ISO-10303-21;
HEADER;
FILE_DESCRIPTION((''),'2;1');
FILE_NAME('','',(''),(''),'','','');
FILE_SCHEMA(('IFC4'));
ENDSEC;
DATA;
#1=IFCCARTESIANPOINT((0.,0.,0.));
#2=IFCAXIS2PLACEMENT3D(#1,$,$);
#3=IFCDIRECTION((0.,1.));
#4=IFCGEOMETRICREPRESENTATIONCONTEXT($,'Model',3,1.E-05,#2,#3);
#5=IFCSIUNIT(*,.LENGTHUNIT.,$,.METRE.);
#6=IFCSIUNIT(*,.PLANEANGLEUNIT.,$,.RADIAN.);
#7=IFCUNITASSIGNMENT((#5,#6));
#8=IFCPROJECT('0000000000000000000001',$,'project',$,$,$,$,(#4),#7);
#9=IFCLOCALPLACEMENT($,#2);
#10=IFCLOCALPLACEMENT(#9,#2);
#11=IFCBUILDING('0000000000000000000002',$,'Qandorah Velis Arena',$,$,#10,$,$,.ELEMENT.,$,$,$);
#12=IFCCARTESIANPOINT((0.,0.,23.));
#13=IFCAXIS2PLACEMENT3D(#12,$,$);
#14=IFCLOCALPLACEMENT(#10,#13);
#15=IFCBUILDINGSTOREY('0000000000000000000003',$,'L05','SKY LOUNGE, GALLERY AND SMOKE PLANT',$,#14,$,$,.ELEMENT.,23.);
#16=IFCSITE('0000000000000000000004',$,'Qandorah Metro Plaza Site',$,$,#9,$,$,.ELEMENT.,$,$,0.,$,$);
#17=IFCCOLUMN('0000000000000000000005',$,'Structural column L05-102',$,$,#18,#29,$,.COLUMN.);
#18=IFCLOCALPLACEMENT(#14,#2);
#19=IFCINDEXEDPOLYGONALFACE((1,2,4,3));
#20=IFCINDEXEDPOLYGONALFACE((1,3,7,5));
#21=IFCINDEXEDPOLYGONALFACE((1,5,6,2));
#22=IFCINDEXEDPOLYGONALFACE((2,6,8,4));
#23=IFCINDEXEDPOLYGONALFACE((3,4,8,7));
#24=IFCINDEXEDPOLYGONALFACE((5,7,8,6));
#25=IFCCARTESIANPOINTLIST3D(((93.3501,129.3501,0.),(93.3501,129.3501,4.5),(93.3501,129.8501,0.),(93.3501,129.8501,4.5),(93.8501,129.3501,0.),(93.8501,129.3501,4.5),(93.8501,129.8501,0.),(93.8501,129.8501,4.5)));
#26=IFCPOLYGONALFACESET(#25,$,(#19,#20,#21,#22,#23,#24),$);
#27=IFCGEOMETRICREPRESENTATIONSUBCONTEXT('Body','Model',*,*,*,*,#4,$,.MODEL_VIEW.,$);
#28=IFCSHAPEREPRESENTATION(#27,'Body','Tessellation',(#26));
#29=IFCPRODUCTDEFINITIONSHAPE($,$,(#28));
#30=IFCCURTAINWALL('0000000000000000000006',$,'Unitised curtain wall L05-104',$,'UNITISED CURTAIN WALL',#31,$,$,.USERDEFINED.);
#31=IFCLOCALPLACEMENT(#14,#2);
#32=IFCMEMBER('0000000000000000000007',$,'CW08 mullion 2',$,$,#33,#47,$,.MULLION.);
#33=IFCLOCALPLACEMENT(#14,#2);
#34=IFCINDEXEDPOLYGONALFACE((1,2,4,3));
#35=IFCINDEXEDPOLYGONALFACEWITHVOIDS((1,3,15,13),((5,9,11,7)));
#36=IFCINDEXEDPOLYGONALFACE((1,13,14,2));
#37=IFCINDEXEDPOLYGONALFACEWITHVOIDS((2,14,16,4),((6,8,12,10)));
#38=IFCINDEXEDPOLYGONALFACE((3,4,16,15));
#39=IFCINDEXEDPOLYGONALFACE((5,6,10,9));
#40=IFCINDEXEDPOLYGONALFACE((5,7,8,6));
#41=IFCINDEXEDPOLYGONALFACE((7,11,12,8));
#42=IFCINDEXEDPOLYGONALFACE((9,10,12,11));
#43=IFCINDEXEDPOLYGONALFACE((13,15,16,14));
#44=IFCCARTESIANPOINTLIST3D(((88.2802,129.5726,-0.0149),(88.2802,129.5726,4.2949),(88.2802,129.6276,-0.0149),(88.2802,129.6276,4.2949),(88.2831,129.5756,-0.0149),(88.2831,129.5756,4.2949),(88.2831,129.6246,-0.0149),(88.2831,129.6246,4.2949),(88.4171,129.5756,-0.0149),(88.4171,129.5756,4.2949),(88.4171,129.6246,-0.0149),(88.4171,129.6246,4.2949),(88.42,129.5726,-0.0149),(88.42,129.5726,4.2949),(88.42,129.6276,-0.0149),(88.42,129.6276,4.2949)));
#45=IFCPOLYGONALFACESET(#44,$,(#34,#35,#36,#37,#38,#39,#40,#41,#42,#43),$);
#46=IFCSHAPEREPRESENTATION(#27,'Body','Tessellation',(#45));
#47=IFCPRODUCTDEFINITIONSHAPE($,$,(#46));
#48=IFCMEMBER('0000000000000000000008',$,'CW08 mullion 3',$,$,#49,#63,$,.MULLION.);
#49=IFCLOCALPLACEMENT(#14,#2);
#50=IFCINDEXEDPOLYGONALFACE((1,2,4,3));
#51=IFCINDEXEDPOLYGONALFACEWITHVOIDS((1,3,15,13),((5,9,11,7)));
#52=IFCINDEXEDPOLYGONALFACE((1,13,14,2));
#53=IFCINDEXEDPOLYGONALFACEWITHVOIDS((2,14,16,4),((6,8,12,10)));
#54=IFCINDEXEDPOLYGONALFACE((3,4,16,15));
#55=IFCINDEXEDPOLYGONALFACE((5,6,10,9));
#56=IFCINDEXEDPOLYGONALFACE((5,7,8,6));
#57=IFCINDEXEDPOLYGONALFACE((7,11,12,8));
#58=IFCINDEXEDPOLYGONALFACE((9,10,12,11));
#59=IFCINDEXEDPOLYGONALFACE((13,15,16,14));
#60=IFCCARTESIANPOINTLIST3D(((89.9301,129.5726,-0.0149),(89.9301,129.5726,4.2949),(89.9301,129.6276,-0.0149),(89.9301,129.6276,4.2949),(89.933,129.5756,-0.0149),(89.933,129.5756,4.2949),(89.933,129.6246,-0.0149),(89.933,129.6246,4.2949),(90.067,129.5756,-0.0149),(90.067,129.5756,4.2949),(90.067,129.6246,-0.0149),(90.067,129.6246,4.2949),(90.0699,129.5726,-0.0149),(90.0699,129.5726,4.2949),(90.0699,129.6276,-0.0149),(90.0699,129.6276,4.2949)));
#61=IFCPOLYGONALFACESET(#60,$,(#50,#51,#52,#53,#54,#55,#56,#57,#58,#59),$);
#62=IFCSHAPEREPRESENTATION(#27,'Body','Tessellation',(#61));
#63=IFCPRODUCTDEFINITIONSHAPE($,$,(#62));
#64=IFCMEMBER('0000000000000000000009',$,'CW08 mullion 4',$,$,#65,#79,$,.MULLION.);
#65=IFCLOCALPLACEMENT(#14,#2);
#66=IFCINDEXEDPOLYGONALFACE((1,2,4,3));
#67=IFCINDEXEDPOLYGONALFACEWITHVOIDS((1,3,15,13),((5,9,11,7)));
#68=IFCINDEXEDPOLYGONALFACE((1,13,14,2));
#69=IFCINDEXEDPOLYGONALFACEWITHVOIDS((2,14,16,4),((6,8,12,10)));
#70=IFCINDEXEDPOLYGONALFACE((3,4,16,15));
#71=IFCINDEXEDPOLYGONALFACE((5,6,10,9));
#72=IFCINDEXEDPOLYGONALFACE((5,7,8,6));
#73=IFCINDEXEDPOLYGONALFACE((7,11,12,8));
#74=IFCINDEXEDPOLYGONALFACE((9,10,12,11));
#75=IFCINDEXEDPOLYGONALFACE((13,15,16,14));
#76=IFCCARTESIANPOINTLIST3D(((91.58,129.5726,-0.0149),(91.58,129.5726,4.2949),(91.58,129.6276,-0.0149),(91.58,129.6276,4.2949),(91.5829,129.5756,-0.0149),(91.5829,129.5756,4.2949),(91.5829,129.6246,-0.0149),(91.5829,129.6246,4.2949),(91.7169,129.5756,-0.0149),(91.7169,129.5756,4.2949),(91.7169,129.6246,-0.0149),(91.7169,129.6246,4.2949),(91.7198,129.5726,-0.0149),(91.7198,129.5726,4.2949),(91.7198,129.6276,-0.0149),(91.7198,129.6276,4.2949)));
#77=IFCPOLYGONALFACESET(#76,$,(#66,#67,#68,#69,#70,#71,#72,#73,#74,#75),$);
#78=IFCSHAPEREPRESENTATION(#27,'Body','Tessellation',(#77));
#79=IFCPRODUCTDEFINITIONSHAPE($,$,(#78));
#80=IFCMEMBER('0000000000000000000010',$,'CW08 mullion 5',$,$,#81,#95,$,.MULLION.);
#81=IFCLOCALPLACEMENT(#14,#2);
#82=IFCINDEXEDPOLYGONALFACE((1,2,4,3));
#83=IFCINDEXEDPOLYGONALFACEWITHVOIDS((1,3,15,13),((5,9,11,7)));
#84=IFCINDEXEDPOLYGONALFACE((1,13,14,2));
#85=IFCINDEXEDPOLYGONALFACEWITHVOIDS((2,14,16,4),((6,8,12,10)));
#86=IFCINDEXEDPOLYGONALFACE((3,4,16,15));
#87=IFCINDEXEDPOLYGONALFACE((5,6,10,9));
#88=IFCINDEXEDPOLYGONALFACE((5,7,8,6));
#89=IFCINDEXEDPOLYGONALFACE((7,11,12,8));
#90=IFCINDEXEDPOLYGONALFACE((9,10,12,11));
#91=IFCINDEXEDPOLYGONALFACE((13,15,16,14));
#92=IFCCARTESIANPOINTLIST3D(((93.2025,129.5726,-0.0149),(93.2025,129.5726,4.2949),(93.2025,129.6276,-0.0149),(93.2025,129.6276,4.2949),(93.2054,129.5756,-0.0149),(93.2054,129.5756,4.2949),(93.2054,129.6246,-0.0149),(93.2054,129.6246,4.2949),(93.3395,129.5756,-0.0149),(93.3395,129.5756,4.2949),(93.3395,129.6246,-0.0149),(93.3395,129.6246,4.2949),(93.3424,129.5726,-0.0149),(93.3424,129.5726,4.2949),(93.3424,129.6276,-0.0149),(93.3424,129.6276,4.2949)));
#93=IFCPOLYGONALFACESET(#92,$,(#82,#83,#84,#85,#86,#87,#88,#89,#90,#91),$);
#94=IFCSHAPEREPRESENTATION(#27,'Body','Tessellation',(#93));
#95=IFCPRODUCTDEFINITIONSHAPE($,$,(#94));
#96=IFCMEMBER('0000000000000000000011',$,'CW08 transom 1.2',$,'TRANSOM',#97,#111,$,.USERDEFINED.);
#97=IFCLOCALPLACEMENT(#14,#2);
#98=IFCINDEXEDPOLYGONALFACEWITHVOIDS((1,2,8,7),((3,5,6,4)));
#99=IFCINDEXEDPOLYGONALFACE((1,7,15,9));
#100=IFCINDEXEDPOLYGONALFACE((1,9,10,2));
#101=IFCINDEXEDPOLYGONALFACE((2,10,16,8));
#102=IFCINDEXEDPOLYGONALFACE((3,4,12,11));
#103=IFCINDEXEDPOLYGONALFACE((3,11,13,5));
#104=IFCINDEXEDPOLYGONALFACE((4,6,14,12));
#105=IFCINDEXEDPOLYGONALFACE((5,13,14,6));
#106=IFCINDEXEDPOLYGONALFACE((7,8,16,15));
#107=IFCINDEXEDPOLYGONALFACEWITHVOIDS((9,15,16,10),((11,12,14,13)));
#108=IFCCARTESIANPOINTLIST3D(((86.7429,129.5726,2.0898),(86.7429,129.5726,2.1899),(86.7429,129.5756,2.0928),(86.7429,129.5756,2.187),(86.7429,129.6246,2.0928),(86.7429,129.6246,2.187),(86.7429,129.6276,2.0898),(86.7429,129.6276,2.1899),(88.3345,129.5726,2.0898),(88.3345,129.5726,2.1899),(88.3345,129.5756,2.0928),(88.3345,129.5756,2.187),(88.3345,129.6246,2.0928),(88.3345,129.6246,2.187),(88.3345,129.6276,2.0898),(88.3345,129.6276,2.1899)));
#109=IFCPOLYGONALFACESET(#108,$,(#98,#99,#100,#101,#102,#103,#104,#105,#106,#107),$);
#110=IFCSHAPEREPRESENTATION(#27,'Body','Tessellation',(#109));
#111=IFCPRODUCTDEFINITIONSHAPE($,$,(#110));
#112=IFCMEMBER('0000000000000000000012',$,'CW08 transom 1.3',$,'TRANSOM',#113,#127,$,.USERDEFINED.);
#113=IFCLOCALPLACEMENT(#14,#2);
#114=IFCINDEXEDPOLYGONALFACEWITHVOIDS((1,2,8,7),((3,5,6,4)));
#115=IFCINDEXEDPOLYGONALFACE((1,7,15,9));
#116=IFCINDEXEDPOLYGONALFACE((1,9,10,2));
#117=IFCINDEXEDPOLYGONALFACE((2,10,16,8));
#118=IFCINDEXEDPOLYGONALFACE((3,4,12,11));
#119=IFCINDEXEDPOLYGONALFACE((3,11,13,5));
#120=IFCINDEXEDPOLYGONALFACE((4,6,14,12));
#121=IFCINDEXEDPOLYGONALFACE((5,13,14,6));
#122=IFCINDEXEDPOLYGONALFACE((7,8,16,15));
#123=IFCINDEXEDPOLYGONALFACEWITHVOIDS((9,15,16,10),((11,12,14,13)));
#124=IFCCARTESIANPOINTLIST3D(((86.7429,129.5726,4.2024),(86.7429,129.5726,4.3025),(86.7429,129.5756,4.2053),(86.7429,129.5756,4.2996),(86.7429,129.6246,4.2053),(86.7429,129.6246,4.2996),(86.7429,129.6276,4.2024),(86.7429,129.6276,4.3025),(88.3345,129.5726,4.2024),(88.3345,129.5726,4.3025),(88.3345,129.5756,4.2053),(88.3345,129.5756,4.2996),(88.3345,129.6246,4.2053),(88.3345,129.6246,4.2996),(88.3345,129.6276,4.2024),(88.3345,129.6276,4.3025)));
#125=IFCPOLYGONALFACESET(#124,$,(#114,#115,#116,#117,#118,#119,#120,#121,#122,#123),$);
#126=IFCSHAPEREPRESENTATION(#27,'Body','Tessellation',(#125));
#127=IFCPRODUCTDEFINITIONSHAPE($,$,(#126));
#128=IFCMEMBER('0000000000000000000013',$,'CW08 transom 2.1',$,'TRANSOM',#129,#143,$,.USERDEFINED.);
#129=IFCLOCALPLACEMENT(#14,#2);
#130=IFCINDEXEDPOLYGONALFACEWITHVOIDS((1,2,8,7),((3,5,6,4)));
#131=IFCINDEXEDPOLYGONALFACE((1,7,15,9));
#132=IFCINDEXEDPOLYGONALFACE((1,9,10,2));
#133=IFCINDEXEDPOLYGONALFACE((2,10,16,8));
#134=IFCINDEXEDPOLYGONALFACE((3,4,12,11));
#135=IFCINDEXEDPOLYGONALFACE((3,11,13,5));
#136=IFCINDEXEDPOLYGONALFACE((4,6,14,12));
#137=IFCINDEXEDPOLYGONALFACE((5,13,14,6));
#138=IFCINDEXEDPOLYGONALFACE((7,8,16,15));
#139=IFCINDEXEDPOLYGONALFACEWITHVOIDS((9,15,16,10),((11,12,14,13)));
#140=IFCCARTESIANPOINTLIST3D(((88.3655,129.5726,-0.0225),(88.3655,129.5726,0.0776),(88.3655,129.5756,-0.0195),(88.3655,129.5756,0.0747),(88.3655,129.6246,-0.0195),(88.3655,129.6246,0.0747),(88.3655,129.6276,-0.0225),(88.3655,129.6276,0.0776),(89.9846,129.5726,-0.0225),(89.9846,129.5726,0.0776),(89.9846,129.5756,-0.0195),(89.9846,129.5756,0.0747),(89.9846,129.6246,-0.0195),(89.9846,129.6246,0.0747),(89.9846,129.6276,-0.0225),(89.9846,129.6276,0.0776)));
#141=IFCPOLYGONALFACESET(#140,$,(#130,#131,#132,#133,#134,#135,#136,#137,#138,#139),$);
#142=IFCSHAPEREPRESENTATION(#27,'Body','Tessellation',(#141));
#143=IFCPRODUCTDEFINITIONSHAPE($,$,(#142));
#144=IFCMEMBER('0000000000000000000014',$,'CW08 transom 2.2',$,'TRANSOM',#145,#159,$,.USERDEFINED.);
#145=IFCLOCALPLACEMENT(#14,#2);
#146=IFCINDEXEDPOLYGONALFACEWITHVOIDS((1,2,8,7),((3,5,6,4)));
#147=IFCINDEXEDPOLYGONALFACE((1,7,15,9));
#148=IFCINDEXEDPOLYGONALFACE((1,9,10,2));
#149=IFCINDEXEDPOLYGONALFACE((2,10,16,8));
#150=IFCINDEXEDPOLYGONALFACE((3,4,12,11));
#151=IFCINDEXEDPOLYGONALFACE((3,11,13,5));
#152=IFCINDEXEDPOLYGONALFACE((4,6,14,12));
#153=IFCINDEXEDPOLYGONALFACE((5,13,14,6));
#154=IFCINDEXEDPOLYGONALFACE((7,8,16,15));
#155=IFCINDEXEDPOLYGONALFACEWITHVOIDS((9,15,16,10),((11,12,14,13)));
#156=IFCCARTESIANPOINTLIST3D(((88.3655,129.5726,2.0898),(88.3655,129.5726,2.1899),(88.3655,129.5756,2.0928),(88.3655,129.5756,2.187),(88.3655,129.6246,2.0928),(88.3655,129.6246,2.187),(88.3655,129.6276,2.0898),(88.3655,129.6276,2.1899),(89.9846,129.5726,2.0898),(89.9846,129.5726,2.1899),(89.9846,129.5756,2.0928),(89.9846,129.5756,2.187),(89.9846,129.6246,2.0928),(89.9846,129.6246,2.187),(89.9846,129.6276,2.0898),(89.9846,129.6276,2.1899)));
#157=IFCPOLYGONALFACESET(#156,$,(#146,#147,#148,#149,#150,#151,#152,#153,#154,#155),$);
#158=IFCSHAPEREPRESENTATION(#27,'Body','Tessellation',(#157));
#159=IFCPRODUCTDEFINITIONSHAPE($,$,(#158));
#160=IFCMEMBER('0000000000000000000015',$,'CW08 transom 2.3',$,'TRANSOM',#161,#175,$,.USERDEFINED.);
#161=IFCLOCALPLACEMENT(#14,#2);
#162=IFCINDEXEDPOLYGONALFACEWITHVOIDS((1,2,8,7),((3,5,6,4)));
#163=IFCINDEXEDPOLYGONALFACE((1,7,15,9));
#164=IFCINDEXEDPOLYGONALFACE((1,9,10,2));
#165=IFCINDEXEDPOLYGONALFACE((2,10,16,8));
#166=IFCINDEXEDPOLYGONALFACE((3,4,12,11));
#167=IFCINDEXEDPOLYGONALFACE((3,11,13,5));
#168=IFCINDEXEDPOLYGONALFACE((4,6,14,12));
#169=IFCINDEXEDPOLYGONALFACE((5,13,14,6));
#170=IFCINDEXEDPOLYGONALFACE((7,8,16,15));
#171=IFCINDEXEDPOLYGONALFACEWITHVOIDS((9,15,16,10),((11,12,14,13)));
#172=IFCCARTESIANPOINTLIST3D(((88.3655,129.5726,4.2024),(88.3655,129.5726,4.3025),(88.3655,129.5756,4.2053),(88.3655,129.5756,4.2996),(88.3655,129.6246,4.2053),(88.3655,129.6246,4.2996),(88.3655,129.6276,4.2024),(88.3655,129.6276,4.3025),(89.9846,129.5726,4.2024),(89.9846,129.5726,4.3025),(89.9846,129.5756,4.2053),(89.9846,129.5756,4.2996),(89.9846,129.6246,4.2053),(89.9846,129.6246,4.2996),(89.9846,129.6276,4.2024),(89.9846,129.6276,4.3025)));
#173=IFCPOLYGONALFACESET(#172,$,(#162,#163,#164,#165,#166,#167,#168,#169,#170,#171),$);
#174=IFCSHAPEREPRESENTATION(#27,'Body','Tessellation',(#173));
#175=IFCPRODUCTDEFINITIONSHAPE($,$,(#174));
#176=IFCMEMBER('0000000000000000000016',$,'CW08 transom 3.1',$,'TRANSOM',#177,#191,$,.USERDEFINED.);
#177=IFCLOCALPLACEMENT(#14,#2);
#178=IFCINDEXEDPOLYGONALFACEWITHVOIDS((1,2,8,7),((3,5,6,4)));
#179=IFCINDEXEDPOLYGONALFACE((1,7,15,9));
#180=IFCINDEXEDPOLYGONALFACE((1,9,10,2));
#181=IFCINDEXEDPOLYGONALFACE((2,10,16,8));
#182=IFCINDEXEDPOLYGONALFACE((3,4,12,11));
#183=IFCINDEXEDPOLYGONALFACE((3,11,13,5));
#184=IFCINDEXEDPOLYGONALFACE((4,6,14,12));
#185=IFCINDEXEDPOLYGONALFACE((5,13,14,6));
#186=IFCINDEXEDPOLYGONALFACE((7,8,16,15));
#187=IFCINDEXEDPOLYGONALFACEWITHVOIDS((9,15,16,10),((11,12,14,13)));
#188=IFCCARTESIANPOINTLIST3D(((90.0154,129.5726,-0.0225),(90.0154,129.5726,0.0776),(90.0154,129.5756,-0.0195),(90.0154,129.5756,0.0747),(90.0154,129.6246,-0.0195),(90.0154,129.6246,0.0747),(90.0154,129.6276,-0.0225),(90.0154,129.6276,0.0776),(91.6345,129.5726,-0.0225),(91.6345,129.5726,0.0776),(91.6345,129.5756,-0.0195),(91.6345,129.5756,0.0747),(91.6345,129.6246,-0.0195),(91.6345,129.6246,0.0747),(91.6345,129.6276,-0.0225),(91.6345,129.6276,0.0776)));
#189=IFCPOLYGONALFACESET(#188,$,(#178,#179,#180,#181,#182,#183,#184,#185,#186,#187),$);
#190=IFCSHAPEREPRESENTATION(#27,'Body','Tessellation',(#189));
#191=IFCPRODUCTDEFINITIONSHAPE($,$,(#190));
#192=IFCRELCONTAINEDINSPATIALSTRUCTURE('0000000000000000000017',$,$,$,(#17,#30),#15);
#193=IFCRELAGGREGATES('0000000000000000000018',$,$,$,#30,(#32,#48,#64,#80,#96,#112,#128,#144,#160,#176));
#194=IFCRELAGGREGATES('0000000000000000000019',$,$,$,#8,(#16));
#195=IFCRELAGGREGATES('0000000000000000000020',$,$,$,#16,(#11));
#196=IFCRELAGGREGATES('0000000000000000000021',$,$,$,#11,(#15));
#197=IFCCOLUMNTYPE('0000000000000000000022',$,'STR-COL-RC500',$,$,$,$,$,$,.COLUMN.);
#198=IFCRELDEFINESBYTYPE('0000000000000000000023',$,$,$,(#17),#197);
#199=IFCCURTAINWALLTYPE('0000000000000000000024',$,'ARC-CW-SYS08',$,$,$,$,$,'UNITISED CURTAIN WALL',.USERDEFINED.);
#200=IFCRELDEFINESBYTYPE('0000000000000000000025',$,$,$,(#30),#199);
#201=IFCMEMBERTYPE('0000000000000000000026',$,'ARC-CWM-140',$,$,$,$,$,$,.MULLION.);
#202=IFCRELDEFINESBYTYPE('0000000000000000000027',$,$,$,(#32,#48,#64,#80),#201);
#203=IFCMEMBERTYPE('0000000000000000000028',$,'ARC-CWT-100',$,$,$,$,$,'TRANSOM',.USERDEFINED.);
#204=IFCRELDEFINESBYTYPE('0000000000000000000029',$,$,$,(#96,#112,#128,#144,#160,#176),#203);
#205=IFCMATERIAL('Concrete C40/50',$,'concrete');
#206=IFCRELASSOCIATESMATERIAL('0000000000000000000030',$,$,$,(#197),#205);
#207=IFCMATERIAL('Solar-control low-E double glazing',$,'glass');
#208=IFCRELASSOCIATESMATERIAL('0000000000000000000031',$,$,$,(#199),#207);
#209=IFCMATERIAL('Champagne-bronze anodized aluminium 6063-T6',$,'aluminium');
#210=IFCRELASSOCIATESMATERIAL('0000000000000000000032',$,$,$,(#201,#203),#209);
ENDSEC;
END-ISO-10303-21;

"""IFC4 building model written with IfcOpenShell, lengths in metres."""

from ifc_helpers import new_model, si_unit, direction, frame, origin, origin_2d, place, context, subcontext, project, spatial, rectangle, hollow_rectangle, extrude, material, material_profile, profile_set, type_object, element, aggregate, save


model = new_model("IFC4")

# Units and contexts
model_context = context("Model", 3, precision=1e-05, world=origin(), true_north=direction((0.0, 1.0)))
body_context = subcontext(model_context, "Body", "Model", "MODEL_VIEW")
ifc_project = project(units=[si_unit("LENGTHUNIT", "METRE"), si_unit("PLANEANGLEUNIT", "RADIAN")], contexts=[model_context])

# Site, building, storey
site_placement = place(None, origin())
site = spatial("IfcSite", under=ifc_project, at=site_placement, Name="Qandorah Metro Plaza Site", CompositionType="ELEMENT", RefElevation=0.0)
building_placement = place(site_placement, origin())
building = spatial("IfcBuilding", under=site, at=building_placement, Name="Qandorah Velis Arena", CompositionType="ELEMENT")
storey_placement = place(building_placement, frame((0.0, 0.0, 23.0)))
storey = spatial("IfcBuildingStorey", under=building, at=storey_placement, Name="L05", Description="SKY LOUNGE, GALLERY AND SMOKE PLANT", CompositionType="ELEMENT", Elevation=23.0)

# Column
ifc_material_1 = material(Name="Concrete C40/50", Category="concrete")
ifc_material_profile_1 = material_profile(ifc_material_1, rectangle(XDim=0.5, YDim=0.5, at=origin_2d()), Name="RC COL 500x500")
ifc_profile_set_1 = profile_set([ifc_material_profile_1], Name="Concrete C40/50")
column_type = type_object("IfcColumnType", Name="STR-COL-RC500", PredefinedType="COLUMN", material=ifc_profile_set_1)
column_placement = place(storey_placement, frame((93.6001, 129.6001, 0.0), z_axis=(0.0, 0.0, 1.0), x_axis=(1.0, 0.0, 0.0)))
element("IfcColumn", 1, at=column_placement, inside=storey, type_object=column_type, Name="Structural column L05-102", PredefinedType="COLUMN", context=body_context, shape_type="SweptSolid", body=[
    extrude(rectangle(XDim=0.5, YDim=0.5, at=origin_2d()), origin(), (0.0, 0.0, 1.0), 4.5),
])

# Curtain wall, members
ifc_material_2 = material(Name="Solar-control low-E double glazing", Category="glass")
curtain_wall_type = type_object("IfcCurtainWallType", Name="ARC-CW-SYS08", ElementType="UNITISED CURTAIN WALL", PredefinedType="USERDEFINED", material=ifc_material_2)
curtain_wall_placement = place(storey_placement, origin())
curtain_wall = element("IfcCurtainWall", 2, at=curtain_wall_placement, inside=storey, type_object=curtain_wall_type, Name="Unitised curtain wall L05-104", ObjectType="UNITISED CURTAIN WALL", PredefinedType="USERDEFINED")
ifc_material_3 = material(Name="Champagne-bronze anodized aluminium 6063-T6", Category="aluminium")
ifc_material_profile_2 = material_profile(ifc_material_3, hollow_rectangle(XDim=0.0549, YDim=0.1399, WallThickness=0.0029, at=origin_2d()), Name="ALU MULLION 55x140")
ifc_profile_set_2 = profile_set([ifc_material_profile_2], Name="Champagne-bronze anodized aluminium 6063-T6")
member_type_1 = type_object("IfcMemberType", Name="ARC-CWM-140", PredefinedType="MULLION", material=ifc_profile_set_2)
member_1_placement = place(storey_placement, frame((88.3501, 129.6001, -0.0149), z_axis=(0.0, 0.0, 1.0), x_axis=(0.0, 1.0, 0.0)))
member_1 = element("IfcMember", 3, at=member_1_placement, type_object=member_type_1, Name="CW08 mullion 2", PredefinedType="MULLION", context=body_context, shape_type="SweptSolid", body=[
    extrude(hollow_rectangle(XDim=0.0549, YDim=0.1399, WallThickness=0.0029, at=origin_2d()), origin(), (0.0, 0.0, 1.0), 4.3098),
])
member_2_placement = place(storey_placement, frame((90.0, 129.6001, -0.0149), z_axis=(0.0, 0.0, 1.0), x_axis=(0.0, 1.0, 0.0)))
member_2 = element("IfcMember", 4, at=member_2_placement, type_object=member_type_1, Name="CW08 mullion 3", PredefinedType="MULLION", context=body_context, shape_type="SweptSolid", body=[
    extrude(hollow_rectangle(XDim=0.0549, YDim=0.1399, WallThickness=0.0029, at=origin_2d()), origin(), (0.0, 0.0, 1.0), 4.3098),
])
member_3_placement = place(storey_placement, frame((91.6499, 129.6001, -0.0149), z_axis=(0.0, 0.0, 1.0), x_axis=(0.0, 1.0, 0.0)))
member_3 = element("IfcMember", 5, at=member_3_placement, type_object=member_type_1, Name="CW08 mullion 4", PredefinedType="MULLION", context=body_context, shape_type="SweptSolid", body=[
    extrude(hollow_rectangle(XDim=0.0549, YDim=0.1399, WallThickness=0.0029, at=origin_2d()), origin(), (0.0, 0.0, 1.0), 4.3098),
])
member_4_placement = place(storey_placement, frame((93.2725, 129.6001, -0.0149), z_axis=(0.0, 0.0, 1.0), x_axis=(0.0, 1.0, 0.0)))
member_4 = element("IfcMember", 6, at=member_4_placement, type_object=member_type_1, Name="CW08 mullion 5", PredefinedType="MULLION", context=body_context, shape_type="SweptSolid", body=[
    extrude(hollow_rectangle(XDim=0.0549, YDim=0.1399, WallThickness=0.0029, at=origin_2d()), origin(), (0.0, 0.0, 1.0), 4.3098),
])
ifc_material_profile_3 = material_profile(ifc_material_3, hollow_rectangle(XDim=0.0549, YDim=0.1001, WallThickness=0.0029, at=origin_2d()), Name="ALU TRANSOM 55x100")
ifc_profile_set_3 = profile_set([ifc_material_profile_3], Name="Champagne-bronze anodized aluminium 6063-T6")
member_type_2 = type_object("IfcMemberType", Name="ARC-CWT-100", ElementType="TRANSOM", PredefinedType="USERDEFINED", material=ifc_profile_set_3)
member_5_placement = place(storey_placement, frame((86.7429, 129.6001, 2.1399), z_axis=(1.0, 0.0, 0.0), x_axis=(0.0, 1.0, 0.0)))
member_5 = element("IfcMember", 7, at=member_5_placement, type_object=member_type_2, Name="CW08 transom 1.2", ObjectType="TRANSOM", PredefinedType="USERDEFINED", context=body_context, shape_type="SweptSolid", body=[
    extrude(hollow_rectangle(XDim=0.0549, YDim=0.1001, WallThickness=0.0029, at=origin_2d()), origin(), (0.0, 0.0, 1.0), 1.5916),
])
member_6_placement = place(storey_placement, frame((86.7429, 129.6001, 4.2524), z_axis=(1.0, 0.0, 0.0), x_axis=(0.0, 1.0, 0.0)))
member_6 = element("IfcMember", 8, at=member_6_placement, type_object=member_type_2, Name="CW08 transom 1.3", ObjectType="TRANSOM", PredefinedType="USERDEFINED", context=body_context, shape_type="SweptSolid", body=[
    extrude(hollow_rectangle(XDim=0.0549, YDim=0.1001, WallThickness=0.0029, at=origin_2d()), origin(), (0.0, 0.0, 1.0), 1.5916),
])
member_7_placement = place(storey_placement, frame((88.3655, 129.6001, 0.0276), z_axis=(1.0, 0.0, 0.0), x_axis=(0.0, 1.0, 0.0)))
member_7 = element("IfcMember", 9, at=member_7_placement, type_object=member_type_2, Name="CW08 transom 2.1", ObjectType="TRANSOM", PredefinedType="USERDEFINED", context=body_context, shape_type="SweptSolid", body=[
    extrude(hollow_rectangle(XDim=0.0549, YDim=0.1001, WallThickness=0.0029, at=origin_2d()), origin(), (0.0, 0.0, 1.0), 1.6191),
])
member_8_placement = place(storey_placement, frame((88.3655, 129.6001, 2.1399), z_axis=(1.0, 0.0, 0.0), x_axis=(0.0, 1.0, 0.0)))
member_8 = element("IfcMember", 10, at=member_8_placement, type_object=member_type_2, Name="CW08 transom 2.2", ObjectType="TRANSOM", PredefinedType="USERDEFINED", context=body_context, shape_type="SweptSolid", body=[
    extrude(hollow_rectangle(XDim=0.0549, YDim=0.1001, WallThickness=0.0029, at=origin_2d()), origin(), (0.0, 0.0, 1.0), 1.6191),
])
member_9_placement = place(storey_placement, frame((88.3655, 129.6001, 4.2524), z_axis=(1.0, 0.0, 0.0), x_axis=(0.0, 1.0, 0.0)))
member_9 = element("IfcMember", 11, at=member_9_placement, type_object=member_type_2, Name="CW08 transom 2.3", ObjectType="TRANSOM", PredefinedType="USERDEFINED", context=body_context, shape_type="SweptSolid", body=[
    extrude(hollow_rectangle(XDim=0.0549, YDim=0.1001, WallThickness=0.0029, at=origin_2d()), origin(), (0.0, 0.0, 1.0), 1.6191),
])
member_10_placement = place(storey_placement, frame((90.0154, 129.6001, 0.0276), z_axis=(1.0, 0.0, 0.0), x_axis=(0.0, 1.0, 0.0)))
member_10 = element("IfcMember", 12, at=member_10_placement, type_object=member_type_2, Name="CW08 transom 3.1", ObjectType="TRANSOM", PredefinedType="USERDEFINED", context=body_context, shape_type="SweptSolid", body=[
    extrude(hollow_rectangle(XDim=0.0549, YDim=0.1001, WallThickness=0.0029, at=origin_2d()), origin(), (0.0, 0.0, 1.0), 1.6191),
])

aggregate(curtain_wall, [member_1, member_2, member_3, member_4, member_5, member_6, member_7, member_8, member_9, member_10])

save(model, "model.ifc")
